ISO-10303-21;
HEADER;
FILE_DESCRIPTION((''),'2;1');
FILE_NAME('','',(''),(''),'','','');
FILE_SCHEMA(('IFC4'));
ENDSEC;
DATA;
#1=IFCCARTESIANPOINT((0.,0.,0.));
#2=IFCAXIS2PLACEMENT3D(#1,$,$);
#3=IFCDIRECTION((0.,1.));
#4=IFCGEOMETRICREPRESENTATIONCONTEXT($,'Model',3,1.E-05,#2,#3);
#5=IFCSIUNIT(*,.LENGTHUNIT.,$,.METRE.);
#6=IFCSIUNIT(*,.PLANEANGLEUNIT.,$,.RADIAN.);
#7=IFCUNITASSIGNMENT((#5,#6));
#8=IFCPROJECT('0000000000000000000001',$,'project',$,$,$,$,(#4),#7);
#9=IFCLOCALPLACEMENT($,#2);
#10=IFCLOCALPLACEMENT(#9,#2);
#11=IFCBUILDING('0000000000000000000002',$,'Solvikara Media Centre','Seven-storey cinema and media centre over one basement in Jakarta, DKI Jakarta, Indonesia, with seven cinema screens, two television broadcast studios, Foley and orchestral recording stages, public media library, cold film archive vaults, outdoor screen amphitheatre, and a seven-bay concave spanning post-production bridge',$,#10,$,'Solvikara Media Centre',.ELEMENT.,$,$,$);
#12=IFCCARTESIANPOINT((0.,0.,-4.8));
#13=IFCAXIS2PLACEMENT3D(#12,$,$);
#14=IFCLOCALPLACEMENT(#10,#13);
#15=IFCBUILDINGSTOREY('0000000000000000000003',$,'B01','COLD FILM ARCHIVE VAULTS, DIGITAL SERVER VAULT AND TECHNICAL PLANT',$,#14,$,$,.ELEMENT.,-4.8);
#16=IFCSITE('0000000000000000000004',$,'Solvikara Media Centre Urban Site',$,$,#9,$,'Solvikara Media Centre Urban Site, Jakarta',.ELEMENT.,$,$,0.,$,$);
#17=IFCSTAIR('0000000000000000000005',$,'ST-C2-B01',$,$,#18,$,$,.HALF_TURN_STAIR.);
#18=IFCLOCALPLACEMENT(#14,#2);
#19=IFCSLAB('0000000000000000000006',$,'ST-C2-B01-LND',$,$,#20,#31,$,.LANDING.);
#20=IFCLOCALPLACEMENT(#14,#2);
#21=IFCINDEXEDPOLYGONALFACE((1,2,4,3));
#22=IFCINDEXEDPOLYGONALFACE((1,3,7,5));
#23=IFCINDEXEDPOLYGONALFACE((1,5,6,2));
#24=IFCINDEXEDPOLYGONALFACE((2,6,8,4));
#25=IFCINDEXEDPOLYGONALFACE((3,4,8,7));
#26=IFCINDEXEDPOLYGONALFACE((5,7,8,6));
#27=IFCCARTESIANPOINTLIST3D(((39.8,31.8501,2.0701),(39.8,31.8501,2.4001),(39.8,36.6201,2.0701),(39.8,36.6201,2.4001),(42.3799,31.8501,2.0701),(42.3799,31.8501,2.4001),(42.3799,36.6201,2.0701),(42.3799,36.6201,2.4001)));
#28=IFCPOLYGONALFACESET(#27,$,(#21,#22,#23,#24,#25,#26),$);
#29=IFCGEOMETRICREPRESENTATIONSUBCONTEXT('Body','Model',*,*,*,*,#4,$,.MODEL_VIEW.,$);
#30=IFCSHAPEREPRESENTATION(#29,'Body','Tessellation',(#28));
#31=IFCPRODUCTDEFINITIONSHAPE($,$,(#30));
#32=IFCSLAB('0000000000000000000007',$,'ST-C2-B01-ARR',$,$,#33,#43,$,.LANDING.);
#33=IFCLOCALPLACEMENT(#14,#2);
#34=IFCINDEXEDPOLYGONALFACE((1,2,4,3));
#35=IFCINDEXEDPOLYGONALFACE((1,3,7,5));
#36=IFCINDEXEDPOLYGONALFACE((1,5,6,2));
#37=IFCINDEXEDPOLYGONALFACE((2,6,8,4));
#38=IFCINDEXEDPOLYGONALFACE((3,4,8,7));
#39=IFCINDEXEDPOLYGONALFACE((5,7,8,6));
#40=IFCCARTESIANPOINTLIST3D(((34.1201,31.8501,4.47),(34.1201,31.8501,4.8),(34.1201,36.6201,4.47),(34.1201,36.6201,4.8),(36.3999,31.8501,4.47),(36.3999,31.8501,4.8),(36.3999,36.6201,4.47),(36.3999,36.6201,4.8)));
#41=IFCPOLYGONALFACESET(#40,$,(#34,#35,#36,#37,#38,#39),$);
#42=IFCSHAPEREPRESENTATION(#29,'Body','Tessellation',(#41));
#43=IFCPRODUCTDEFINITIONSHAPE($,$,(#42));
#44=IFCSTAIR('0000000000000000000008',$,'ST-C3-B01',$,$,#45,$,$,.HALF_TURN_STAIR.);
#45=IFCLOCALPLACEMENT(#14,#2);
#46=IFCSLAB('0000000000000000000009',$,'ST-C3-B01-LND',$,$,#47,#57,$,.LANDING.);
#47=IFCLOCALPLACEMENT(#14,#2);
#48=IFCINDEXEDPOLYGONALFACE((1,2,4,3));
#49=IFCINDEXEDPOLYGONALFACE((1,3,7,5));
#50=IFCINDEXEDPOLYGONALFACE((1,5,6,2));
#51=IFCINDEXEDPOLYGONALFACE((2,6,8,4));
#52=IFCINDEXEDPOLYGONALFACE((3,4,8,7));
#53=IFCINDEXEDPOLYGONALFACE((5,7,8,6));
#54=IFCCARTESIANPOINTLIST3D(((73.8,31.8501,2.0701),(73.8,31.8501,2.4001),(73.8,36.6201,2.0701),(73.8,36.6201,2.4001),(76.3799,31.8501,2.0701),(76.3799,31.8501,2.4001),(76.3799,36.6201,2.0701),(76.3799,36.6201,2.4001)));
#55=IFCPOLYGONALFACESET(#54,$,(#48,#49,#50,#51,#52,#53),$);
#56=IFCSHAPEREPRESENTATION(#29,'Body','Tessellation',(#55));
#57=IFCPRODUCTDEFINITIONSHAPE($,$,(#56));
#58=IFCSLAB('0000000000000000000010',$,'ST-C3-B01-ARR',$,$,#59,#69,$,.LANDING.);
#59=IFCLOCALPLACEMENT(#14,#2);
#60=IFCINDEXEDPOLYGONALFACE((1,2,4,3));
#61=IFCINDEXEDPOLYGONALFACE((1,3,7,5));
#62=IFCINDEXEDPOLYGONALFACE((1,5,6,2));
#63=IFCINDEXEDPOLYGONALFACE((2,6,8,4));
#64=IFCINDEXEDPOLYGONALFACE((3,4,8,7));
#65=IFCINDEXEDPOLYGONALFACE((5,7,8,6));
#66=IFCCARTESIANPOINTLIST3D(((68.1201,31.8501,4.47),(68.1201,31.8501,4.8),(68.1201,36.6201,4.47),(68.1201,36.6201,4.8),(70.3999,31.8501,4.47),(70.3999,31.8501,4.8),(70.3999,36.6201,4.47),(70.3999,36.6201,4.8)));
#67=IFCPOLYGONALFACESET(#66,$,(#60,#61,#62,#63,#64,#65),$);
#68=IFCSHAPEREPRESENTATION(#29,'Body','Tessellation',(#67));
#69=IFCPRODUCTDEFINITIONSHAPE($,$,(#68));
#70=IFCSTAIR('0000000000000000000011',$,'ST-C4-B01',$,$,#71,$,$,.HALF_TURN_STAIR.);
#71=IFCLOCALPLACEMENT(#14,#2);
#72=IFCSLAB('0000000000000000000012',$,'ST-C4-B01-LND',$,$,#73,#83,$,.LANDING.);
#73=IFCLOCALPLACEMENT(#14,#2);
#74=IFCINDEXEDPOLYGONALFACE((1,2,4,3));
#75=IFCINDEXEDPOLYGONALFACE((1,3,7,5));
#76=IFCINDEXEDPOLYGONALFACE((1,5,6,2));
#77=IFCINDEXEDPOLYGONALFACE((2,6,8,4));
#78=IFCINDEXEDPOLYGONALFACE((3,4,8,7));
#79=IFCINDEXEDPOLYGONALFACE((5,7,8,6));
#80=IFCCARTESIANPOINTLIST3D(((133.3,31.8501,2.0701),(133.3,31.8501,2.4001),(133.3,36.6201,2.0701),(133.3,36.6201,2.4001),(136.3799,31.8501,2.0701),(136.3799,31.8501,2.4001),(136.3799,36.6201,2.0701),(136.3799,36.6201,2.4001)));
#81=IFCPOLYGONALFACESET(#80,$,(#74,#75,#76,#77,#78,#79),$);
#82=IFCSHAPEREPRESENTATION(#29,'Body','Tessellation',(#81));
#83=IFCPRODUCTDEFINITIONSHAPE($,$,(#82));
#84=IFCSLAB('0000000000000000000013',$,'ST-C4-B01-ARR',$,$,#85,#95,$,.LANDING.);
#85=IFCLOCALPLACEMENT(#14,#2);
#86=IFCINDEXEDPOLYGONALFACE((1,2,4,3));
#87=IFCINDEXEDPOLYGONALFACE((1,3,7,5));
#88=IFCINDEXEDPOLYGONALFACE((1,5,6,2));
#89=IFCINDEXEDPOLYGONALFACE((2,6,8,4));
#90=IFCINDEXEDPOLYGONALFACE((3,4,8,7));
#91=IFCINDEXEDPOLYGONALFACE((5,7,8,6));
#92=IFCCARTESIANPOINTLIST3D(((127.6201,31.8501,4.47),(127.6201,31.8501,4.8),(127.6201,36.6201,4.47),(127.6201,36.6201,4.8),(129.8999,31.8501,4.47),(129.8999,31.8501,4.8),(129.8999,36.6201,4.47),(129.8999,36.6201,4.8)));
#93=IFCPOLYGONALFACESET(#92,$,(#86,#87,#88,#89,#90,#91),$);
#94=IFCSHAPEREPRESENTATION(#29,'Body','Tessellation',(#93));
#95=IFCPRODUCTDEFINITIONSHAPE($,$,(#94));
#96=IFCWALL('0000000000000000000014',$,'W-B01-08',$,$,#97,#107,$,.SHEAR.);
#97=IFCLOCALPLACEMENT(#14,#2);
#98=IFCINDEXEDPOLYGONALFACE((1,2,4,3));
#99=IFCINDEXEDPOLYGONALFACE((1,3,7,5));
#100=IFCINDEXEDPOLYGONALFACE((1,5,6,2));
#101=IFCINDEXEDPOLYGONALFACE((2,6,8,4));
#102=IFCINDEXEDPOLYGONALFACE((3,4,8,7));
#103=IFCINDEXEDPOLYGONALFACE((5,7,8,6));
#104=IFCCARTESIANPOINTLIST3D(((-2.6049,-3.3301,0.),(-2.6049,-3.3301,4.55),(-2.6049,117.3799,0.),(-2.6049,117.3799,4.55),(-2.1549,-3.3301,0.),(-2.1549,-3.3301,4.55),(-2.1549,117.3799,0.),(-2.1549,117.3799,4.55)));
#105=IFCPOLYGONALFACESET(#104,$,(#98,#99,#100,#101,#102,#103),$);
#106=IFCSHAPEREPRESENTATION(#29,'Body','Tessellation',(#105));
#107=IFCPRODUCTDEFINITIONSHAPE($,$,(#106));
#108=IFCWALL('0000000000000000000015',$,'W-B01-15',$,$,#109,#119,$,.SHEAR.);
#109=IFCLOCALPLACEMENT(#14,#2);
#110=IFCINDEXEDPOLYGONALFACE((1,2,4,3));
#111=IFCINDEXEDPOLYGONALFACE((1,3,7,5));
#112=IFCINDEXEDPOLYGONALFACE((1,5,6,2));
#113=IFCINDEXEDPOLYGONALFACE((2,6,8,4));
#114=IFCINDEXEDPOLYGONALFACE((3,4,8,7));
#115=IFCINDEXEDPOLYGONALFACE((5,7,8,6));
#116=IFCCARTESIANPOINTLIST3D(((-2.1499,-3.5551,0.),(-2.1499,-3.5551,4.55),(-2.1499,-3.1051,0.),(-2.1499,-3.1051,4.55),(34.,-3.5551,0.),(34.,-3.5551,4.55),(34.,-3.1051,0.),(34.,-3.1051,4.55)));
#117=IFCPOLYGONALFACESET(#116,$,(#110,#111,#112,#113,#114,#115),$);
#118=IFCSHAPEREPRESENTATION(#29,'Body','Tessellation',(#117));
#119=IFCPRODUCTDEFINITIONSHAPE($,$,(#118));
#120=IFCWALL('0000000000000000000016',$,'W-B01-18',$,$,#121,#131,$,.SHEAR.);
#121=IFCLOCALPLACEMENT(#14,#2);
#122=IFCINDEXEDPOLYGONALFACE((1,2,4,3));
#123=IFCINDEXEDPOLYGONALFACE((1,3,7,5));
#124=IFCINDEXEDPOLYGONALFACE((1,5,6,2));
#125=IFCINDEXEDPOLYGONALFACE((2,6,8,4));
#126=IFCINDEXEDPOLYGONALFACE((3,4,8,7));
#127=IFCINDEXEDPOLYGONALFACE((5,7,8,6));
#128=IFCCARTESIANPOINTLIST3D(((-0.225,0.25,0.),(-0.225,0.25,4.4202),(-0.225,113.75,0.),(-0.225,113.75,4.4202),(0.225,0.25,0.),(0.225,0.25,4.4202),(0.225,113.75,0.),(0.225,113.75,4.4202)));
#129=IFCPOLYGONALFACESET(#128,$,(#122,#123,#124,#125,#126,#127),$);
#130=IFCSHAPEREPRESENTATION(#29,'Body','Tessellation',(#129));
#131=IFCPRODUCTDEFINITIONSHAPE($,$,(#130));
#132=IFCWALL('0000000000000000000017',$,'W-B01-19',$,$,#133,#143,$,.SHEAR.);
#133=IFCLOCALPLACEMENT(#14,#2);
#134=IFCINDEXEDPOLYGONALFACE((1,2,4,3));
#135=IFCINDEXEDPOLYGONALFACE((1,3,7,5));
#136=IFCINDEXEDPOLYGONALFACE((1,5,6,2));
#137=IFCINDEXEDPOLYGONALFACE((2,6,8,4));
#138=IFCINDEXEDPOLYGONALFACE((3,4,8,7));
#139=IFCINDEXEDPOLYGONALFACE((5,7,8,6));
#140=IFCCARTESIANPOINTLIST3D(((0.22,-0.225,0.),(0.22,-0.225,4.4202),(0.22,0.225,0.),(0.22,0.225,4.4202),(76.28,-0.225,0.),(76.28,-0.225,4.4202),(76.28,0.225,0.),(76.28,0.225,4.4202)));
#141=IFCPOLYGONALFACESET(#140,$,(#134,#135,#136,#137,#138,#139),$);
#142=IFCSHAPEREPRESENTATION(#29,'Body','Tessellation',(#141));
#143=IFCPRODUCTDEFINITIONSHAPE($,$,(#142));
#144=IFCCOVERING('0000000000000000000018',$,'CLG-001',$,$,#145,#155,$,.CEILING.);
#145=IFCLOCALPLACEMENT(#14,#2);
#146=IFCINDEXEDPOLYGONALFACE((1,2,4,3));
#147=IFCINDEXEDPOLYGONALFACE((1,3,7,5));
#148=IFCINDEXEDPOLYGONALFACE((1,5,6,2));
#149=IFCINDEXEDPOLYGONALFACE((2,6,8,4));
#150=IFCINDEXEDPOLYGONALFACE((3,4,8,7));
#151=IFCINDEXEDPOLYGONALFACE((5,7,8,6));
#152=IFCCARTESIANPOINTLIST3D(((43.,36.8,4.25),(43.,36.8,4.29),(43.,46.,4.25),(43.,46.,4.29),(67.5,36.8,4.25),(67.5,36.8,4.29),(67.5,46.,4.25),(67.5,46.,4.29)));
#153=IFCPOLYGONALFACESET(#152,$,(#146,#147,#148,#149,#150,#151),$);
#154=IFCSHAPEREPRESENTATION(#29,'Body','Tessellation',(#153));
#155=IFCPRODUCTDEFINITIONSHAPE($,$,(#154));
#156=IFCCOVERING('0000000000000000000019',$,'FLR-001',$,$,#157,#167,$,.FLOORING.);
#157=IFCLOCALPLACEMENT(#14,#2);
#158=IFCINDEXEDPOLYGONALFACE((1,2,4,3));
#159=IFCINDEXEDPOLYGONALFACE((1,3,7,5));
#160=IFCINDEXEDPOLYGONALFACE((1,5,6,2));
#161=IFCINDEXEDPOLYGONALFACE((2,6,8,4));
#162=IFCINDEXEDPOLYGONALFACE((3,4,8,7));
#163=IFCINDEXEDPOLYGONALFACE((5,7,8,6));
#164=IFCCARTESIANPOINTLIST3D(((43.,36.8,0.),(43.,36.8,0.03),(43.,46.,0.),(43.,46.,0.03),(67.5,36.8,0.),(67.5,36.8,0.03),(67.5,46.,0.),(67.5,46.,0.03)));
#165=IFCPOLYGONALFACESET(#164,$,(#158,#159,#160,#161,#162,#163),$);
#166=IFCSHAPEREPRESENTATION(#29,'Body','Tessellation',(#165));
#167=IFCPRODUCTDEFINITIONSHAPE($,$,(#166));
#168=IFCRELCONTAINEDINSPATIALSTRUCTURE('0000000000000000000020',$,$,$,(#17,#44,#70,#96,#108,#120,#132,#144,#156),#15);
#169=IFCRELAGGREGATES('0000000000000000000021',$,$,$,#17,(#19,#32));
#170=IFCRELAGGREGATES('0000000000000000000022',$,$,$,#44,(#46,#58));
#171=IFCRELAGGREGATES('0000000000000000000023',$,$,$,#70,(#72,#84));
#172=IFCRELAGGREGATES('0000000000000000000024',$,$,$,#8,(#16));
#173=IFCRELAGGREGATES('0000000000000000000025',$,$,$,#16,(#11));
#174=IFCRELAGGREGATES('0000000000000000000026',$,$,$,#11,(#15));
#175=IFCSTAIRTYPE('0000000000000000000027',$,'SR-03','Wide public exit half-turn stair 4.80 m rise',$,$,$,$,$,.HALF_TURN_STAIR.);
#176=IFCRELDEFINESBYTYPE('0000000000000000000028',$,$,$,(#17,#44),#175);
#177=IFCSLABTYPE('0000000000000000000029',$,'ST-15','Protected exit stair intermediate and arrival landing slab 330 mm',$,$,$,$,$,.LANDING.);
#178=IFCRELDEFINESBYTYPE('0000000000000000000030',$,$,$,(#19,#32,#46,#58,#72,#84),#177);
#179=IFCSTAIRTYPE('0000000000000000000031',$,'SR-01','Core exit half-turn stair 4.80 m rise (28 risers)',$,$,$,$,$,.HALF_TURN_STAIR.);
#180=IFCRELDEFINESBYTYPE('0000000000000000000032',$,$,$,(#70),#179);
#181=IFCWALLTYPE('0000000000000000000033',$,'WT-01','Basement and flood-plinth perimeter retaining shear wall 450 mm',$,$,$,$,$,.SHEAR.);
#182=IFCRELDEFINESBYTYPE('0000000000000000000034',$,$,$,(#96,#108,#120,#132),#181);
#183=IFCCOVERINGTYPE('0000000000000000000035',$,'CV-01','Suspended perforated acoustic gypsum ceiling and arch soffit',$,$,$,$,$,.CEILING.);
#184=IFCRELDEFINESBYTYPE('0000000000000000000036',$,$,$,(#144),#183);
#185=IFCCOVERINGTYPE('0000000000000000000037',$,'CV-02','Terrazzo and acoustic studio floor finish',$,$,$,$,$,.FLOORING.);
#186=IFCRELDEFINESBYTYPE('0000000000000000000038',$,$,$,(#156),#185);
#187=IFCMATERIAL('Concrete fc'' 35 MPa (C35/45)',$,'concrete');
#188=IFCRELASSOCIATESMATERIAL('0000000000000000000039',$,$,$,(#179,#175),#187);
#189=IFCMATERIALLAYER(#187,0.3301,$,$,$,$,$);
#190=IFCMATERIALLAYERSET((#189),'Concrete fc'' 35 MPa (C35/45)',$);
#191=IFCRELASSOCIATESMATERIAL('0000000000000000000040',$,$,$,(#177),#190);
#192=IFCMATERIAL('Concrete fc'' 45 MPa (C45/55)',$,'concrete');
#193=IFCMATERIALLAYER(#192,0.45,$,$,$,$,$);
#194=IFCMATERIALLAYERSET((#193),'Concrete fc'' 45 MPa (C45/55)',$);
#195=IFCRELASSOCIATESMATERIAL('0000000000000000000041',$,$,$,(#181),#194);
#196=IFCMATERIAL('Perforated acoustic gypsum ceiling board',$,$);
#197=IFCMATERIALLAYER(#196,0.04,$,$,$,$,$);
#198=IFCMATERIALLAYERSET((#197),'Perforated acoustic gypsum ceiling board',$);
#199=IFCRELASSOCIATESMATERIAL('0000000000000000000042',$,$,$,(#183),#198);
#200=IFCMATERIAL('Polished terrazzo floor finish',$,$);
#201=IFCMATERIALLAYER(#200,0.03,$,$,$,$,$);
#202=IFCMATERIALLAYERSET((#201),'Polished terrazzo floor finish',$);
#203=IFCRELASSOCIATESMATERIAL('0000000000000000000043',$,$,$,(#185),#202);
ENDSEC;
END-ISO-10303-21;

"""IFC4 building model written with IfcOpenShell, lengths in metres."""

from ifc_helpers import new_model, si_unit, direction, frame, frame_2d, origin, place, context, subcontext, project, spatial, polyline, rectangle, outline, extrude, material, layer, layer_set, type_object, element, aggregate, save


model = new_model("IFC4")

# Units and contexts
model_context = context("Model", 3, precision=1e-05, world=origin(), true_north=direction((0.0, 1.0)))
body_context = subcontext(model_context, "Body", "Model", "MODEL_VIEW")
ifc_project = project(units=[si_unit("LENGTHUNIT", "METRE"), si_unit("PLANEANGLEUNIT", "RADIAN")], contexts=[model_context])

# Site, building, storey
site_placement = place(None, origin())
site = spatial("IfcSite", under=ifc_project, at=site_placement, Name="Solvikara Media Centre Urban Site", LongName="Solvikara Media Centre Urban Site, Jakarta", CompositionType="ELEMENT", RefElevation=0.0)
building_placement = place(site_placement, origin())
building = spatial("IfcBuilding", under=site, at=building_placement, Name="Solvikara Media Centre", Description="Seven-storey cinema and media centre over one basement in Jakarta, DKI Jakarta, Indonesia, with seven cinema screens, two television broadcast studios, Foley and orchestral recording stages, public media library, cold film archive vaults, outdoor screen amphitheatre, and a seven-bay concave spanning post-production bridge", LongName="Solvikara Media Centre", CompositionType="ELEMENT")
storey_placement = place(building_placement, frame((0.0, 0.0, -4.8)))
storey = spatial("IfcBuildingStorey", under=building, at=storey_placement, Name="B01", Description="COLD FILM ARCHIVE VAULTS, DIGITAL SERVER VAULT AND TECHNICAL PLANT", CompositionType="ELEMENT", Elevation=-4.8)

# Shared definitions
ifc_material_1 = material(Name="Concrete fc' 35 MPa (C35/45)", Category="concrete")

# Shared definitions
ifc_material_2 = material(Name="Concrete fc' 45 MPa (C45/55)", Category="concrete")

# Stairs, slabs
stair_type_1 = type_object("IfcStairType", Name="SR-01", Description="Core exit half-turn stair 4.80 m rise (28 risers)", PredefinedType="HALF_TURN_STAIR", material=ifc_material_1)
ifc_layer_1 = layer(ifc_material_1, 0.3301)
ifc_layer_set_1 = layer_set([ifc_layer_1], Name="Concrete fc' 35 MPa (C35/45)")
slab_type_1 = type_object("IfcSlabType", Name="ST-15", Description="Protected exit stair intermediate and arrival landing slab 330 mm", PredefinedType="LANDING", material=ifc_layer_set_1)
stair_type_2 = type_object("IfcStairType", Name="SR-03", Description="Wide public exit half-turn stair 4.80 m rise", PredefinedType="HALF_TURN_STAIR", material=ifc_material_1)
stair_1_placement = place(storey_placement, origin())
stair_1 = element("IfcStair", 1, at=stair_1_placement, inside=storey, type_object=stair_type_2, Name="ST-C2-B01", PredefinedType="HALF_TURN_STAIR")
slab_1_placement = place(storey_placement, frame((0.0, 0.0, 2.0701)))
slab_1 = element("IfcSlab", 2, at=slab_1_placement, type_object=slab_type_1, Name="ST-C2-B01-LND", PredefinedType="LANDING", context=body_context, shape_type="SweptSolid", body=[
    extrude(outline(polyline([(39.8, 31.8501), (42.3799, 31.8501), (42.3799, 36.6201), (39.8, 36.6201), (39.8, 31.8501)])), origin(), (0.0, 0.0, 1.0), 0.3301),
])
slab_2_placement = place(storey_placement, frame((0.0, 0.0, 4.47)))
slab_2 = element("IfcSlab", 3, at=slab_2_placement, type_object=slab_type_1, Name="ST-C2-B01-ARR", PredefinedType="LANDING", context=body_context, shape_type="SweptSolid", body=[
    extrude(outline(polyline([(34.1201, 31.8501), (36.3999, 31.8501), (36.3999, 36.6201), (34.1201, 36.6201), (34.1201, 31.8501)])), origin(), (0.0, 0.0, 1.0), 0.3301),
])
aggregate(stair_1, [slab_1, slab_2])
stair_2_placement = place(storey_placement, origin())
stair_2 = element("IfcStair", 4, at=stair_2_placement, inside=storey, type_object=stair_type_2, Name="ST-C3-B01", PredefinedType="HALF_TURN_STAIR")
slab_3_placement = place(storey_placement, frame((0.0, 0.0, 2.0701)))
slab_3 = element("IfcSlab", 5, at=slab_3_placement, type_object=slab_type_1, Name="ST-C3-B01-LND", PredefinedType="LANDING", context=body_context, shape_type="SweptSolid", body=[
    extrude(outline(polyline([(73.8, 31.8501), (76.3799, 31.8501), (76.3799, 36.6201), (73.8, 36.6201), (73.8, 31.8501)])), origin(), (0.0, 0.0, 1.0), 0.3301),
])
slab_4_placement = place(storey_placement, frame((0.0, 0.0, 4.47)))
slab_4 = element("IfcSlab", 6, at=slab_4_placement, type_object=slab_type_1, Name="ST-C3-B01-ARR", PredefinedType="LANDING", context=body_context, shape_type="SweptSolid", body=[
    extrude(outline(polyline([(68.1201, 31.8501), (70.3999, 31.8501), (70.3999, 36.6201), (68.1201, 36.6201), (68.1201, 31.8501)])), origin(), (0.0, 0.0, 1.0), 0.3301),
])
aggregate(stair_2, [slab_3, slab_4])
stair_3_placement = place(storey_placement, origin())
stair_3 = element("IfcStair", 7, at=stair_3_placement, inside=storey, type_object=stair_type_1, Name="ST-C4-B01", PredefinedType="HALF_TURN_STAIR")
slab_5_placement = place(storey_placement, frame((0.0, 0.0, 2.0701)))
slab_5 = element("IfcSlab", 8, at=slab_5_placement, type_object=slab_type_1, Name="ST-C4-B01-LND", PredefinedType="LANDING", context=body_context, shape_type="SweptSolid", body=[
    extrude(outline(polyline([(133.3, 31.8501), (136.3799, 31.8501), (136.3799, 36.6201), (133.3, 36.6201), (133.3, 31.8501)])), origin(), (0.0, 0.0, 1.0), 0.3301),
])
slab_6_placement = place(storey_placement, frame((0.0, 0.0, 4.47)))
slab_6 = element("IfcSlab", 9, at=slab_6_placement, type_object=slab_type_1, Name="ST-C4-B01-ARR", PredefinedType="LANDING", context=body_context, shape_type="SweptSolid", body=[
    extrude(outline(polyline([(127.6201, 31.8501), (129.8999, 31.8501), (129.8999, 36.6201), (127.6201, 36.6201), (127.6201, 31.8501)])), origin(), (0.0, 0.0, 1.0), 0.3301),
])
aggregate(stair_3, [slab_5, slab_6])

# Walls
ifc_layer_2 = layer(ifc_material_2, 0.45)
ifc_layer_set_2 = layer_set([ifc_layer_2], Name="Concrete fc' 45 MPa (C45/55)")
wall_type = type_object("IfcWallType", Name="WT-01", Description="Basement and flood-plinth perimeter retaining shear wall 450 mm", PredefinedType="SHEAR", material=ifc_layer_set_2)
wall_1_placement = place(storey_placement, frame((-2.3799, -3.3301, 0.0), z_axis=(0.0, 0.0, 1.0), x_axis=(0.0, 1.0, 0.0)))
element("IfcWall", 10, at=wall_1_placement, inside=storey, type_object=wall_type, Name="W-B01-08", PredefinedType="SHEAR", context=body_context, shape_type="SweptSolid", body=[
    extrude(rectangle(XDim=120.71, YDim=0.45, at=frame_2d((60.355, 0.0))), origin(), (0.0, 0.0, 1.0), 4.55),
])
wall_2_placement = place(storey_placement, frame((-2.1499, -3.3301, 0.0), z_axis=(0.0, 0.0, 1.0), x_axis=(1.0, 0.0, 0.0)))
element("IfcWall", 11, at=wall_2_placement, inside=storey, type_object=wall_type, Name="W-B01-15", PredefinedType="SHEAR", context=body_context, shape_type="SweptSolid", body=[
    extrude(rectangle(XDim=36.1499, YDim=0.45, at=frame_2d((18.075, 0.0))), origin(), (0.0, 0.0, 1.0), 4.55),
])
wall_3_placement = place(storey_placement, frame((0.0, 0.25, 0.0), z_axis=(0.0, 0.0, 1.0), x_axis=(0.0, 1.0, 0.0)))
element("IfcWall", 12, at=wall_3_placement, inside=storey, type_object=wall_type, Name="W-B01-18", PredefinedType="SHEAR", context=body_context, shape_type="SweptSolid", body=[
    extrude(rectangle(XDim=113.5, YDim=0.45, at=frame_2d((56.75, 0.0))), origin(), (0.0, 0.0, 1.0), 4.4202),
])
wall_4_placement = place(storey_placement, frame((0.22, 0.0, 0.0), z_axis=(0.0, 0.0, 1.0), x_axis=(1.0, 0.0, 0.0)))
element("IfcWall", 13, at=wall_4_placement, inside=storey, type_object=wall_type, Name="W-B01-19", PredefinedType="SHEAR", context=body_context, shape_type="SweptSolid", body=[
    extrude(rectangle(XDim=76.0601, YDim=0.45, at=frame_2d((38.03, 0.0))), origin(), (0.0, 0.0, 1.0), 4.4202),
])

# Coverings
ifc_material_3 = material(Name="Perforated acoustic gypsum ceiling board")
ifc_layer_3 = layer(ifc_material_3, 0.04)
ifc_layer_set_3 = layer_set([ifc_layer_3], Name="Perforated acoustic gypsum ceiling board")
covering_type_1 = type_object("IfcCoveringType", Name="CV-01", Description="Suspended perforated acoustic gypsum ceiling and arch soffit", PredefinedType="CEILING", material=ifc_layer_set_3)
covering_1_placement = place(storey_placement, frame((0.0, 0.0, 4.25)))
element("IfcCovering", 14, at=covering_1_placement, inside=storey, type_object=covering_type_1, Name="CLG-001", PredefinedType="CEILING", context=body_context, shape_type="SweptSolid", body=[
    extrude(outline(polyline([(43.0, 36.8), (67.5, 36.8), (67.5, 46.0), (43.0, 46.0), (43.0, 36.8)])), origin(), (0.0, 0.0, 1.0), 0.04),
])
ifc_material_4 = material(Name="Polished terrazzo floor finish")
ifc_layer_4 = layer(ifc_material_4, 0.03)
ifc_layer_set_4 = layer_set([ifc_layer_4], Name="Polished terrazzo floor finish")
covering_type_2 = type_object("IfcCoveringType", Name="CV-02", Description="Terrazzo and acoustic studio floor finish", PredefinedType="FLOORING", material=ifc_layer_set_4)
covering_2_placement = place(storey_placement, origin())
element("IfcCovering", 15, at=covering_2_placement, inside=storey, type_object=covering_type_2, Name="FLR-001", PredefinedType="FLOORING", context=body_context, shape_type="SweptSolid", body=[
    extrude(outline(polyline([(43.0, 36.8), (67.5, 36.8), (67.5, 46.0), (43.0, 46.0), (43.0, 36.8)])), origin(), (0.0, 0.0, 1.0), 0.03),
])

save(model, "model.ifc")
